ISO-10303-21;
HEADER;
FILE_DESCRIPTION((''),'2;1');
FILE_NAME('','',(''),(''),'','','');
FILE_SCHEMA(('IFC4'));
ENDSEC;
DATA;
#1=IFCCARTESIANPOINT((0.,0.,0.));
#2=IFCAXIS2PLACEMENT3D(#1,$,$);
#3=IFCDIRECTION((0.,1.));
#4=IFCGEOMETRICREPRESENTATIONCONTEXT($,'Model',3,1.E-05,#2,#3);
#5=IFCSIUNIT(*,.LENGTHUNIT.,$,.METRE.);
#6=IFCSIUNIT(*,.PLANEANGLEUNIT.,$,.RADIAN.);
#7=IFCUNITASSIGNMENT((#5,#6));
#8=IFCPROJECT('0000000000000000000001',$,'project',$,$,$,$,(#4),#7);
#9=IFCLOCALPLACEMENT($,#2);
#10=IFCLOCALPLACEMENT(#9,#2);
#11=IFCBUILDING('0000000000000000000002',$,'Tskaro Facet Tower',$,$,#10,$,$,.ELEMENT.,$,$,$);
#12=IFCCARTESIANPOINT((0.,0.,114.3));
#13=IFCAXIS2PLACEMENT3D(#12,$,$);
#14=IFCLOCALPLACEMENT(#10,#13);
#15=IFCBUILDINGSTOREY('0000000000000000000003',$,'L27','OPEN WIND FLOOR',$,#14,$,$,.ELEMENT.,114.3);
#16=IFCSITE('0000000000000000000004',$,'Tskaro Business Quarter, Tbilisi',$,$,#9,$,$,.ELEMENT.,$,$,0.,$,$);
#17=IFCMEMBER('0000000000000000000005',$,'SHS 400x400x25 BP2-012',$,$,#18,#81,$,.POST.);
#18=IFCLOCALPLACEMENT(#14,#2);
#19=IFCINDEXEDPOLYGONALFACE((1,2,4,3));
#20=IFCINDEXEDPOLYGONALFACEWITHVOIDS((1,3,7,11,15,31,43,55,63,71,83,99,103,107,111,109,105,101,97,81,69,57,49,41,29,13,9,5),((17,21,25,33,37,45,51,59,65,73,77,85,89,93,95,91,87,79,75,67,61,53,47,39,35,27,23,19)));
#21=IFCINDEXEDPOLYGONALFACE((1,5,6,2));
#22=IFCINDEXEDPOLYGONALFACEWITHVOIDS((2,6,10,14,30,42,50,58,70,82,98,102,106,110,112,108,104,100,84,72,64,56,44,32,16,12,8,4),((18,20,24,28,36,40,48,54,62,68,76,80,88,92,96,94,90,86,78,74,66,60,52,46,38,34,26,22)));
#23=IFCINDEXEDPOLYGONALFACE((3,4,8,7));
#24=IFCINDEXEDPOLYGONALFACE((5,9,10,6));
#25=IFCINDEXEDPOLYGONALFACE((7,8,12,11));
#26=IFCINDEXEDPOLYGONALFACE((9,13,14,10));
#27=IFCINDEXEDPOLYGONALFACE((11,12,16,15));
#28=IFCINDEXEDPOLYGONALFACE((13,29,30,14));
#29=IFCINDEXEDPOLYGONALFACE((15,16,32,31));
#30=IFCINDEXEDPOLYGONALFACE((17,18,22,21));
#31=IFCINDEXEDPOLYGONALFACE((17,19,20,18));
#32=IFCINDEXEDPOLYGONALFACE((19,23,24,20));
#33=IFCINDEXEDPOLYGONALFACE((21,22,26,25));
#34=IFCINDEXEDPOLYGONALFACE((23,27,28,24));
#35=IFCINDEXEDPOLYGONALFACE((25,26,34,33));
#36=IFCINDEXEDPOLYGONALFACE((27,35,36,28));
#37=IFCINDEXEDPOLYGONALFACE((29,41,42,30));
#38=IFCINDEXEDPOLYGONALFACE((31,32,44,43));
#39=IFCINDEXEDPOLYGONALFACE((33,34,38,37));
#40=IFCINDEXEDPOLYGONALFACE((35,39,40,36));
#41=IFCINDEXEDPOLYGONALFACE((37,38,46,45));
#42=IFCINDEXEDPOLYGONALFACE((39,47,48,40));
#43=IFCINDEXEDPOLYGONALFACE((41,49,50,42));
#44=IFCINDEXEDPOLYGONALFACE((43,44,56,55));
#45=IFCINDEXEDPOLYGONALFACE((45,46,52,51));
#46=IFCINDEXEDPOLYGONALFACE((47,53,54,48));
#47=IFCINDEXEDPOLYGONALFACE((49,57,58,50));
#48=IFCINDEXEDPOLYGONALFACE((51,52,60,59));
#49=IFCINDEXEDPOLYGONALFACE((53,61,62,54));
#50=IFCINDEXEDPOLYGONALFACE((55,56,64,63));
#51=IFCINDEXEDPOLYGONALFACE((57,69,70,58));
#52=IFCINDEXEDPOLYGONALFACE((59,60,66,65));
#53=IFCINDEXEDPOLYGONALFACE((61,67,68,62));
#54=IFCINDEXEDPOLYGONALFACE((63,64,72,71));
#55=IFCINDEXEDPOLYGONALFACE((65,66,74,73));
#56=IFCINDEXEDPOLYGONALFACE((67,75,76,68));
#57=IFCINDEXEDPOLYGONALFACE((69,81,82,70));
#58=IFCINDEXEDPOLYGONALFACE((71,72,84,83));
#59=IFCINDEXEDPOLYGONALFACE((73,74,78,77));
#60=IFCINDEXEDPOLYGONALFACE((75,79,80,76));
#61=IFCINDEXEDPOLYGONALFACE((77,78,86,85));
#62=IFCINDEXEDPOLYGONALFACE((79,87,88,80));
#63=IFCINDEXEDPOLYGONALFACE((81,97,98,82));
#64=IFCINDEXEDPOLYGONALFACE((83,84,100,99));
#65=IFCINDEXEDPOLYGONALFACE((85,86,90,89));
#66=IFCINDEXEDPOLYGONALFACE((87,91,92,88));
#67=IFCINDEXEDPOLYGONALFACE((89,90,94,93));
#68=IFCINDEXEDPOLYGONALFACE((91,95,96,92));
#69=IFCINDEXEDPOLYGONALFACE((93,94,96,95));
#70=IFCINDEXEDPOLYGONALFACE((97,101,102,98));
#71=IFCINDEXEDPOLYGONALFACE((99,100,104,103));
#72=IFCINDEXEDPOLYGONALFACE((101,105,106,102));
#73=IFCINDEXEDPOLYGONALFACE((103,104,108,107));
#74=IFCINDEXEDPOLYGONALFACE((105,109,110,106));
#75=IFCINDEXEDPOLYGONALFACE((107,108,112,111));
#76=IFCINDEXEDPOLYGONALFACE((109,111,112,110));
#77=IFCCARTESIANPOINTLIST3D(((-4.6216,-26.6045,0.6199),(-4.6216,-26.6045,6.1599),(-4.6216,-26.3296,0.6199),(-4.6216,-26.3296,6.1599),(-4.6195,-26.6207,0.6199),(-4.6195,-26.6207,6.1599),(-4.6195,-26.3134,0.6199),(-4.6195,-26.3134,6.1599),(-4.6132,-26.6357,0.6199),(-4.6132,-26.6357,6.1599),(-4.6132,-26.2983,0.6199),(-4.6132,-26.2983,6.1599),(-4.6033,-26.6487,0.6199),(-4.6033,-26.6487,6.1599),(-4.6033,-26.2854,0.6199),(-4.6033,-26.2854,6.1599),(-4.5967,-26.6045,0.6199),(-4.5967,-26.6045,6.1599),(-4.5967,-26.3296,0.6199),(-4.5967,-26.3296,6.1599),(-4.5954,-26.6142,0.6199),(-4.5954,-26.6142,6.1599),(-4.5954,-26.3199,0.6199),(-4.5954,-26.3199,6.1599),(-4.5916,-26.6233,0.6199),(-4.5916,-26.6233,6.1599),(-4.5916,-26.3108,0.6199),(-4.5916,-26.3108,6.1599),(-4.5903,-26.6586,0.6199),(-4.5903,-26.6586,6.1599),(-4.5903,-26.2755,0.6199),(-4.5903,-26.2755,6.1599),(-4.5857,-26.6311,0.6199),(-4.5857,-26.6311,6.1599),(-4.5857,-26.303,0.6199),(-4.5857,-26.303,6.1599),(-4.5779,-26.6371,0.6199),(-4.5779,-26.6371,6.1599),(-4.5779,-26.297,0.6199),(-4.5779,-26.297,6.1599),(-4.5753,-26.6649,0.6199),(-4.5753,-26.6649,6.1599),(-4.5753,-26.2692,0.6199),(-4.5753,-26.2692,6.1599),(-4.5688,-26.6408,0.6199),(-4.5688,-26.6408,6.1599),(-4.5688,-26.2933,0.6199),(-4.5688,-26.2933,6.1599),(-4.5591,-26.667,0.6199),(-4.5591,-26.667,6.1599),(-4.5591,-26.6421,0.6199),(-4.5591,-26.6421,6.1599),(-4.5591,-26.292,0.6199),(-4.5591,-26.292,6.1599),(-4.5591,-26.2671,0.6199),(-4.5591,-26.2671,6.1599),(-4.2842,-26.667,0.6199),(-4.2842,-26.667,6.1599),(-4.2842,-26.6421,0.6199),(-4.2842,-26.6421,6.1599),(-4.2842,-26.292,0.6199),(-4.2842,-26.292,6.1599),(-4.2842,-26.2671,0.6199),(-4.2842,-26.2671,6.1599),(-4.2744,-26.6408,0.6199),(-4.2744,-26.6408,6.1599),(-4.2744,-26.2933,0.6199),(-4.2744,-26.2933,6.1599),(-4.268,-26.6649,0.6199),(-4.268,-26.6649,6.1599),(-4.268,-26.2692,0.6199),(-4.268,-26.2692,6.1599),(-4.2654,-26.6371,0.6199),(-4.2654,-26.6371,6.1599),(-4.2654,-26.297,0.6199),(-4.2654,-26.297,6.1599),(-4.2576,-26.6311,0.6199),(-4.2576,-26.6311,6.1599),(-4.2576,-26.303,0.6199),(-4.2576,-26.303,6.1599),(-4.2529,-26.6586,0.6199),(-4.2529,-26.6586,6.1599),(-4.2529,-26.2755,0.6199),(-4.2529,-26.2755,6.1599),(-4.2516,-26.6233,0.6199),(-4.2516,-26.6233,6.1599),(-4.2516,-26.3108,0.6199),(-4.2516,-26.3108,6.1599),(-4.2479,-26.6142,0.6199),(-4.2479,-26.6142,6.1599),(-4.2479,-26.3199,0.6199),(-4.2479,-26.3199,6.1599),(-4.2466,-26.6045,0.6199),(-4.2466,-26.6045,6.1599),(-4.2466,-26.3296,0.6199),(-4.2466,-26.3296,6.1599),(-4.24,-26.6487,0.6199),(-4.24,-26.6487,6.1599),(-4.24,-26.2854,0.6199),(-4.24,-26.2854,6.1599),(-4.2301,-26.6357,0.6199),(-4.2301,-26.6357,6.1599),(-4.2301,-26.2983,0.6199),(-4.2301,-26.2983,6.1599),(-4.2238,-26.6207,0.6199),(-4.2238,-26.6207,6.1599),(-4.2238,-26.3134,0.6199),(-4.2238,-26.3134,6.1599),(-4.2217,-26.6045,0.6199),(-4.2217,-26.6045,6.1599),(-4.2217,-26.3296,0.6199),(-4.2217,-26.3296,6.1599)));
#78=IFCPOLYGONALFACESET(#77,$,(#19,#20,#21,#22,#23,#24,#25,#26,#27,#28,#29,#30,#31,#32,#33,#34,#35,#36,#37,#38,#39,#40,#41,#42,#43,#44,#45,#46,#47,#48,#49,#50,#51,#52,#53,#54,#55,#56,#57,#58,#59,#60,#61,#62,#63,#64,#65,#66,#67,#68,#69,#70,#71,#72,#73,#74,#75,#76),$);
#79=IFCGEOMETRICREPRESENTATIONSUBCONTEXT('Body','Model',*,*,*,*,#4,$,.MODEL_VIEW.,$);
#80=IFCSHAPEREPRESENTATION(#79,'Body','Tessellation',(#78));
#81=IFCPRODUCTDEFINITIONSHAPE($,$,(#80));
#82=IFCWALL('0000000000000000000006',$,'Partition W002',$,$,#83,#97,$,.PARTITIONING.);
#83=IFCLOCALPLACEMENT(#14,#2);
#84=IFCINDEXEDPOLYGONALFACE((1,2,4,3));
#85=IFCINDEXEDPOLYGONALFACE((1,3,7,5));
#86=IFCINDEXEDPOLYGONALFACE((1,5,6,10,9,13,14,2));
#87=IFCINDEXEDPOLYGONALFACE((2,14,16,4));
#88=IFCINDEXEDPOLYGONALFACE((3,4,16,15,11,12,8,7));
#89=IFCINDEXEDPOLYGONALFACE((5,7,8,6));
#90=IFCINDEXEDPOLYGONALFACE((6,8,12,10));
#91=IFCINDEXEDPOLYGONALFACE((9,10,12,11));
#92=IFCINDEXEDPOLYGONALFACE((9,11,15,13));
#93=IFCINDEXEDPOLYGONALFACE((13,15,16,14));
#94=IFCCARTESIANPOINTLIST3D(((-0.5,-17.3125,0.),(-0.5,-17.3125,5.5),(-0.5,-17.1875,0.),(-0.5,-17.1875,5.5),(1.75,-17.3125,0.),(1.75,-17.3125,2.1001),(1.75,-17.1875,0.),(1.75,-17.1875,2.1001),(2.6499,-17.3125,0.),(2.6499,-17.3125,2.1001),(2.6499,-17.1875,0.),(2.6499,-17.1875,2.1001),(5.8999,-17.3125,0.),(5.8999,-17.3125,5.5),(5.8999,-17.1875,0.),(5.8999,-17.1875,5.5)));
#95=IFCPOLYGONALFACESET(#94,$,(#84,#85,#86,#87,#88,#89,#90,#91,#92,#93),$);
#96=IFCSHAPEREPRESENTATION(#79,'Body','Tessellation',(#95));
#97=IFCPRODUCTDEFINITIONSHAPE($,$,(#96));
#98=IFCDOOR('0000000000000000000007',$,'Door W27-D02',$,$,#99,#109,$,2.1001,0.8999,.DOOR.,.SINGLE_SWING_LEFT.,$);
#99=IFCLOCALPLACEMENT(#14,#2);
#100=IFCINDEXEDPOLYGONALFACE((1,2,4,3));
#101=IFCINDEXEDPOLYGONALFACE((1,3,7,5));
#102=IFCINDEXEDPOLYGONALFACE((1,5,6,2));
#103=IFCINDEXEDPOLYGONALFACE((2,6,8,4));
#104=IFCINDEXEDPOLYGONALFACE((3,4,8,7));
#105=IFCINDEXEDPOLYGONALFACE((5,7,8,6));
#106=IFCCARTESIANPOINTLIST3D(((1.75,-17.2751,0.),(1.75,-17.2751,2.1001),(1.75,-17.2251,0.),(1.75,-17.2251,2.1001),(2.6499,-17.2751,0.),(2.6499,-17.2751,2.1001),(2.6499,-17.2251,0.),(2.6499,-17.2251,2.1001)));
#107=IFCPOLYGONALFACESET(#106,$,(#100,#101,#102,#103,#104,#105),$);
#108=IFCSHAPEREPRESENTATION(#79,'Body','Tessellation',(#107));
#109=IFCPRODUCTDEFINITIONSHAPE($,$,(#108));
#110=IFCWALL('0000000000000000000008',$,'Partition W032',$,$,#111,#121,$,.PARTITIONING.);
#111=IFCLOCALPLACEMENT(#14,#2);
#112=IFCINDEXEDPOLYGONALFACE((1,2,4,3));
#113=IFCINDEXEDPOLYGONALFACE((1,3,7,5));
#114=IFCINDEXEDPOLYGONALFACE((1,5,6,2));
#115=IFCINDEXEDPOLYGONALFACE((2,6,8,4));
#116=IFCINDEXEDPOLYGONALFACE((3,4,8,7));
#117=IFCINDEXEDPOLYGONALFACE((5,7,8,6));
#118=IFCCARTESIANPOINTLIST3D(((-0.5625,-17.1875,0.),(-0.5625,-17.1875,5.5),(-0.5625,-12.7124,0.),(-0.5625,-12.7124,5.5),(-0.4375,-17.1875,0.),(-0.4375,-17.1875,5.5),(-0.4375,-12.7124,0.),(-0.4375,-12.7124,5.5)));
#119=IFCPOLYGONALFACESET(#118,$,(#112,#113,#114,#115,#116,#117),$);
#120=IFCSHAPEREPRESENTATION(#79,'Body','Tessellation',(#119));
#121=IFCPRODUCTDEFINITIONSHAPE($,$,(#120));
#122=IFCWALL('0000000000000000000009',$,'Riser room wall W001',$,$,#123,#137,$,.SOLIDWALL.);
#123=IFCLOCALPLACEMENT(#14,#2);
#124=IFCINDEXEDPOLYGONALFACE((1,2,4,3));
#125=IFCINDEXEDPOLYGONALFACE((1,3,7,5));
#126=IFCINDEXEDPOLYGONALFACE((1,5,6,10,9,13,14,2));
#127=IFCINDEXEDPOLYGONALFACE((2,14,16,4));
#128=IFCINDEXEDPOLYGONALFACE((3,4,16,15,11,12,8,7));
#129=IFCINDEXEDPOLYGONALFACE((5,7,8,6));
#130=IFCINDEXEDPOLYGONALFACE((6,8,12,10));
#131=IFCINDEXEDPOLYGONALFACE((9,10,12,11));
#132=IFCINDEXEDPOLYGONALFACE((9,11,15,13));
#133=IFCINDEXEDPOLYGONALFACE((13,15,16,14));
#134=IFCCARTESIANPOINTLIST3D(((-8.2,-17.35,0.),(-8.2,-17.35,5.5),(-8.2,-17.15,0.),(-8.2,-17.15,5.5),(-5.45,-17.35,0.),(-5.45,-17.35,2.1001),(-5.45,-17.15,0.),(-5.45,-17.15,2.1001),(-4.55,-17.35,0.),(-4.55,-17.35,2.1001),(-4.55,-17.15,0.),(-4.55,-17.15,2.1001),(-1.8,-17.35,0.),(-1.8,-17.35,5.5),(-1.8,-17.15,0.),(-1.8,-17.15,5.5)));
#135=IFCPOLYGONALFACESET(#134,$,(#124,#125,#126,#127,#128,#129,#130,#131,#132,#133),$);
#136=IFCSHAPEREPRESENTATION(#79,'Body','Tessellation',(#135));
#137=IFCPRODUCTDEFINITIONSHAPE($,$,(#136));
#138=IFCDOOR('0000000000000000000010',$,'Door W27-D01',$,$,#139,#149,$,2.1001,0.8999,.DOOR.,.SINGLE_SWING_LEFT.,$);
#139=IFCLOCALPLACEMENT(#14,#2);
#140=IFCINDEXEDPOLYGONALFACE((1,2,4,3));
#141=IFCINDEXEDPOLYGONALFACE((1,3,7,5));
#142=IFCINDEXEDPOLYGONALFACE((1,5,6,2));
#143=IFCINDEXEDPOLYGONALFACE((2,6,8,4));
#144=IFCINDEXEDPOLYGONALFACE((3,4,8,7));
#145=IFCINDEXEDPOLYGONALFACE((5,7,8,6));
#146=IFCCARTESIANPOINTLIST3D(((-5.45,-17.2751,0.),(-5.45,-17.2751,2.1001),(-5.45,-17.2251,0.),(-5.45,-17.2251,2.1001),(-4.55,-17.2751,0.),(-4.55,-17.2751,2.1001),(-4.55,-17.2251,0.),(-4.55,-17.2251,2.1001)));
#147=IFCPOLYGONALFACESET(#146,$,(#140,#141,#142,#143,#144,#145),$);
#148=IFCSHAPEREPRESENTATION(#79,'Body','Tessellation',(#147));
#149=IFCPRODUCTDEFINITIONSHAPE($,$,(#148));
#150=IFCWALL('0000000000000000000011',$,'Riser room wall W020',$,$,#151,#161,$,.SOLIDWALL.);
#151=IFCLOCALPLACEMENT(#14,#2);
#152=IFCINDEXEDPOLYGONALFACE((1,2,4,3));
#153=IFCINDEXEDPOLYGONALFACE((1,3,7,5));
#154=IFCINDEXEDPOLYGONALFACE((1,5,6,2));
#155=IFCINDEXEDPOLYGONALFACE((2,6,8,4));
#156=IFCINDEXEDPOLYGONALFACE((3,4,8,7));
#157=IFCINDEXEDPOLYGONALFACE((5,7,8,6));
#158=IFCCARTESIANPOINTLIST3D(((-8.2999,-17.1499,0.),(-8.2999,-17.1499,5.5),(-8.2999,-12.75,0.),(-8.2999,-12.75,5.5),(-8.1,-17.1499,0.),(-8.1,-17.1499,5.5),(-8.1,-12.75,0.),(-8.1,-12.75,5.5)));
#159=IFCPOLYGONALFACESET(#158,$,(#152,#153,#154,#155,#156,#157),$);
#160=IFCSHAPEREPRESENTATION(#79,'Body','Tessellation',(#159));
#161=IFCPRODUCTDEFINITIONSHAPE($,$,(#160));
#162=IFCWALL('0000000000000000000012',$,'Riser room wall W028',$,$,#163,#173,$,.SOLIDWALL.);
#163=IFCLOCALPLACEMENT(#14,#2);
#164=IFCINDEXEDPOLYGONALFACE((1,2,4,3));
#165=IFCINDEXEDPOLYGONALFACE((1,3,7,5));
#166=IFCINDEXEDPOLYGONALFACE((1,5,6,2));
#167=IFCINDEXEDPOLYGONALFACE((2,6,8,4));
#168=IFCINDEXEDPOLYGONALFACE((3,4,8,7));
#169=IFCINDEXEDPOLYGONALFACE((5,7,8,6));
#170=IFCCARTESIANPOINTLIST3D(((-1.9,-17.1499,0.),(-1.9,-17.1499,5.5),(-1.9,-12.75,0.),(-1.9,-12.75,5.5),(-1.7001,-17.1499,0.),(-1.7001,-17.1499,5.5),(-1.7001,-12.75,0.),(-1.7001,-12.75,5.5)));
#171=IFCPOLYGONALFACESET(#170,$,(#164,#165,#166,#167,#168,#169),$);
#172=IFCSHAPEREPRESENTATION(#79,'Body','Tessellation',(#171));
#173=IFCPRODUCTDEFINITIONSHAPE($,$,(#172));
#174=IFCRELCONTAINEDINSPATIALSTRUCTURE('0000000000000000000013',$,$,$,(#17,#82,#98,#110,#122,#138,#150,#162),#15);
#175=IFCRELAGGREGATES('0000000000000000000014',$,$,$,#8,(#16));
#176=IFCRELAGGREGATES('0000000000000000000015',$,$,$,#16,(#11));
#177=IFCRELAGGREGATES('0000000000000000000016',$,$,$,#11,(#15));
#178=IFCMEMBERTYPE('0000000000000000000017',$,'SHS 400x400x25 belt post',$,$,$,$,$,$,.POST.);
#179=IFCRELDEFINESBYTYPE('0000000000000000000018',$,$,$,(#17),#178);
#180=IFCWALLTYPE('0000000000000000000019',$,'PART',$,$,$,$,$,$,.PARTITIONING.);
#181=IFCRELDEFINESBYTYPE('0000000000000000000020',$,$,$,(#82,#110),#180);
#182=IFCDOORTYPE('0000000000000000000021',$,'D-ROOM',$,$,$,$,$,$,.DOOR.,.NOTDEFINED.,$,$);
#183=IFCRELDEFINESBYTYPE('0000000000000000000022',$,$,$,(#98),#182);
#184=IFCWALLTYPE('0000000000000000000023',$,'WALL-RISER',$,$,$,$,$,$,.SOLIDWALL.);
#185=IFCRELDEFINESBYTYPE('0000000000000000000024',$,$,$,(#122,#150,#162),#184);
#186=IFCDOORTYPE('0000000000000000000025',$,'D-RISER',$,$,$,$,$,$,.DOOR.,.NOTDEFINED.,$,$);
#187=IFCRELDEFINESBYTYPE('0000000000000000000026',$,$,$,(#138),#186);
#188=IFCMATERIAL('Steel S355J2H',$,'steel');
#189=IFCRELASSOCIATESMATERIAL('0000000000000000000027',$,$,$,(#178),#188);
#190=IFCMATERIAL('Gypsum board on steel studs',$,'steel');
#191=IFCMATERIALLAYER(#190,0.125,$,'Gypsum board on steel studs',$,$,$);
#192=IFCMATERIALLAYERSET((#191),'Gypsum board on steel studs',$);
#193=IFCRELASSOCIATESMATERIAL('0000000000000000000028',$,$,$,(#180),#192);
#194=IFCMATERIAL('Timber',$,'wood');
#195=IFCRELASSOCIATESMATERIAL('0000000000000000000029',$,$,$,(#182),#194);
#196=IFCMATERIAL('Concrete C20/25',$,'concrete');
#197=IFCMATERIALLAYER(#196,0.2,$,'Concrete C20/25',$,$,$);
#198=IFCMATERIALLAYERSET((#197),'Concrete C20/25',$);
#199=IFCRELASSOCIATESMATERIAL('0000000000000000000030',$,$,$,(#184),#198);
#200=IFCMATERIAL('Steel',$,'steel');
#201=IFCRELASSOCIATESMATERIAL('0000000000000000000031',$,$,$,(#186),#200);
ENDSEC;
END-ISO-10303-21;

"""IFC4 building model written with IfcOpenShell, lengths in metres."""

from ifc_helpers import new_model, si_unit, direction, frame, frame_2d, origin, origin_2d, place, context, subcontext, project, spatial, rectangle, hollow_rectangle, extrude, material, layer, layer_set, material_profile, profile_set, type_object, element, fill, save


model = new_model("IFC4")

# Units and contexts
model_context = context("Model", 3, precision=1e-05, world=origin(), true_north=direction((0.0, 1.0)))
body_context = subcontext(model_context, "Body", "Model", "MODEL_VIEW")
ifc_project = project(units=[si_unit("LENGTHUNIT", "METRE"), si_unit("PLANEANGLEUNIT", "RADIAN")], contexts=[model_context])

# Site, building, storey
site_placement = place(None, origin())
site = spatial("IfcSite", under=ifc_project, at=site_placement, Name="Tskaro Business Quarter, Tbilisi", CompositionType="ELEMENT", RefElevation=0.0)
building_placement = place(site_placement, origin())
building = spatial("IfcBuilding", under=site, at=building_placement, Name="Tskaro Facet Tower", CompositionType="ELEMENT")
storey_placement = place(building_placement, frame((0.0, 0.0, 114.3)))
storey = spatial("IfcBuildingStorey", under=building, at=storey_placement, Name="L27", Description="OPEN WIND FLOOR", CompositionType="ELEMENT", Elevation=114.3)

# Shared definitions
ifc_material_1 = material(Name="Steel S355J2H", Category="steel")

# Member
ifc_material_profile_1 = material_profile(ifc_material_1, hollow_rectangle(XDim=0.3999, YDim=0.3999, WallThickness=0.0249, InnerFilletRadius=0.0376, OuterFilletRadius=0.0625, at=origin_2d()), Name="SHS 400x400x25")
ifc_profile_set_1 = profile_set([ifc_material_profile_1], Name="Steel S355J2H")
member_type_1 = type_object("IfcMemberType", Name="SHS 400x400x25 belt post", PredefinedType="POST", material=ifc_profile_set_1)
for number, where, z_axis, x_axis, name in (
    (1, (-4.4216, -26.467, 0.6199), (0.0, 0.0, 1.0), (1.0, 0.0, 0.0), "SHS 400x400x25 BP2-012"),
):
    element("IfcMember", number, at=place(storey_placement, frame(where, z_axis=z_axis, x_axis=x_axis)), inside=storey, type_object=member_type_1, Name=name, PredefinedType="POST", context=body_context, shape_type="SweptSolid", body=[
        extrude(hollow_rectangle(XDim=0.3999, YDim=0.3999, WallThickness=0.0249, InnerFilletRadius=0.0376, OuterFilletRadius=0.0625, at=origin_2d()), origin(), (0.0, 0.0, 1.0), 5.54),
    ])

# Wall, opening, door
ifc_material_2 = material(Name="Gypsum board on steel studs", Category="steel")
ifc_layer_1 = layer(ifc_material_2, 0.125, Name="Gypsum board on steel studs")
ifc_layer_set_1 = layer_set([ifc_layer_1], Name="Gypsum board on steel studs")
wall_type_1 = type_object("IfcWallType", Name="PART", PredefinedType="PARTITIONING", material=ifc_layer_set_1)
wall_1_placement = place(storey_placement, frame((-0.5, -17.25, 0.0), z_axis=(0.0, 0.0, 1.0), x_axis=(1.0, 0.0, 0.0)))
wall_1 = element("IfcWall", 2, at=wall_1_placement, inside=storey, type_object=wall_type_1, Name="Partition W002", PredefinedType="PARTITIONING", context=body_context, shape_type="SweptSolid", body=[
    extrude(rectangle(XDim=6.3999, YDim=0.125, at=frame_2d((3.2, 0.0))), origin(), (0.0, 0.0, 1.0), 5.5),
])
opening_1_placement = place(wall_1_placement, frame((2.25, 0.0, 0.0)))
opening_1 = element("IfcOpeningElement", 3, at=opening_1_placement, cuts=wall_1, PredefinedType="OPENING", context=body_context, shape_type="SweptSolid", body=[
    extrude(rectangle(XDim=0.8999, YDim=2.1001, at=frame_2d((0.45, 1.05))), frame((0.0, 0.0725, 0.0), z_axis=(0.0, -1.0, 0.0), x_axis=(1.0, 0.0, 0.0)), (0.0, 0.0, 1.0), 0.145),
])
ifc_material_3 = material(Name="Timber", Category="wood")
door_type_1 = type_object("IfcDoorType", Name="D-ROOM", OperationType="NOTDEFINED", PredefinedType="DOOR", material=ifc_material_3)
door_1_placement = place(opening_1_placement, origin())
door_1 = element("IfcDoor", 4, at=door_1_placement, inside=storey, type_object=door_type_1, Name="Door W27-D02", OperationType="SINGLE_SWING_LEFT", OverallHeight=2.1001, OverallWidth=0.8999, PredefinedType="DOOR", context=body_context, shape_type="SweptSolid", body=[
    extrude(rectangle(XDim=0.8999, YDim=2.1001, at=frame_2d((0.45, 1.05))), frame((0.0, 0.0249, 0.0), z_axis=(0.0, -1.0, 0.0), x_axis=(1.0, 0.0, 0.0)), (0.0, 0.0, 1.0), 0.05),
])
fill(opening_1, door_1)

# Wall
wall_2_placement = place(storey_placement, frame((-0.5, -17.1875, 0.0), z_axis=(0.0, 0.0, 1.0), x_axis=(0.0, 1.0, 0.0)))
element("IfcWall", 5, at=wall_2_placement, inside=storey, type_object=wall_type_1, Name="Partition W032", PredefinedType="PARTITIONING", context=body_context, shape_type="SweptSolid", body=[
    extrude(rectangle(XDim=4.4751, YDim=0.125, at=frame_2d((2.2375, 0.0))), origin(), (0.0, 0.0, 1.0), 5.5),
])

# Wall, opening, door
ifc_material_4 = material(Name="Concrete C20/25", Category="concrete")
ifc_layer_2 = layer(ifc_material_4, 0.2, Name="Concrete C20/25")
ifc_layer_set_2 = layer_set([ifc_layer_2], Name="Concrete C20/25")
wall_type_2 = type_object("IfcWallType", Name="WALL-RISER", PredefinedType="SOLIDWALL", material=ifc_layer_set_2)
wall_3_placement = place(storey_placement, frame((-8.2, -17.25, 0.0), z_axis=(0.0, 0.0, 1.0), x_axis=(1.0, 0.0, 0.0)))
wall_3 = element("IfcWall", 6, at=wall_3_placement, inside=storey, type_object=wall_type_2, Name="Riser room wall W001", PredefinedType="SOLIDWALL", context=body_context, shape_type="SweptSolid", body=[
    extrude(rectangle(XDim=6.3999, YDim=0.2, at=frame_2d((3.2, 0.0))), origin(), (0.0, 0.0, 1.0), 5.5),
])
opening_2_placement = place(wall_3_placement, frame((2.75, 0.0, 0.0)))
opening_2 = element("IfcOpeningElement", 7, at=opening_2_placement, cuts=wall_3, PredefinedType="OPENING", context=body_context, shape_type="SweptSolid", body=[
    extrude(rectangle(XDim=0.8999, YDim=2.1001, at=frame_2d((0.45, 1.05))), frame((0.0, 0.1099, 0.0), z_axis=(0.0, -1.0, 0.0), x_axis=(1.0, 0.0, 0.0)), (0.0, 0.0, 1.0), 0.22),
])
ifc_material_5 = material(Name="Steel", Category="steel")
door_type_2 = type_object("IfcDoorType", Name="D-RISER", OperationType="NOTDEFINED", PredefinedType="DOOR", material=ifc_material_5)
door_2_placement = place(opening_2_placement, origin())
door_2 = element("IfcDoor", 8, at=door_2_placement, inside=storey, type_object=door_type_2, Name="Door W27-D01", OperationType="SINGLE_SWING_LEFT", OverallHeight=2.1001, OverallWidth=0.8999, PredefinedType="DOOR", context=body_context, shape_type="SweptSolid", body=[
    extrude(rectangle(XDim=0.8999, YDim=2.1001, at=frame_2d((0.45, 1.05))), frame((0.0, 0.0249, 0.0), z_axis=(0.0, -1.0, 0.0), x_axis=(1.0, 0.0, 0.0)), (0.0, 0.0, 1.0), 0.05),
])
fill(opening_2, door_2)

# Walls
for number, where, z_axis, x_axis, name in (
    (9, (-8.2, -17.1499, 0.0), (0.0, 0.0, 1.0), (0.0, 1.0, 0.0), "Riser room wall W020"),
    (10, (-1.8, -17.1499, 0.0), (0.0, 0.0, 1.0), (0.0, 1.0, 0.0), "Riser room wall W028"),
):
    element("IfcWall", number, at=place(storey_placement, frame(where, z_axis=z_axis, x_axis=x_axis)), inside=storey, type_object=wall_type_2, Name=name, PredefinedType="SOLIDWALL", context=body_context, shape_type="SweptSolid", body=[
        extrude(rectangle(XDim=4.3999, YDim=0.2, at=frame_2d((2.2, 0.0))), origin(), (0.0, 0.0, 1.0), 5.5),
    ])

save(model, "model.ifc")
